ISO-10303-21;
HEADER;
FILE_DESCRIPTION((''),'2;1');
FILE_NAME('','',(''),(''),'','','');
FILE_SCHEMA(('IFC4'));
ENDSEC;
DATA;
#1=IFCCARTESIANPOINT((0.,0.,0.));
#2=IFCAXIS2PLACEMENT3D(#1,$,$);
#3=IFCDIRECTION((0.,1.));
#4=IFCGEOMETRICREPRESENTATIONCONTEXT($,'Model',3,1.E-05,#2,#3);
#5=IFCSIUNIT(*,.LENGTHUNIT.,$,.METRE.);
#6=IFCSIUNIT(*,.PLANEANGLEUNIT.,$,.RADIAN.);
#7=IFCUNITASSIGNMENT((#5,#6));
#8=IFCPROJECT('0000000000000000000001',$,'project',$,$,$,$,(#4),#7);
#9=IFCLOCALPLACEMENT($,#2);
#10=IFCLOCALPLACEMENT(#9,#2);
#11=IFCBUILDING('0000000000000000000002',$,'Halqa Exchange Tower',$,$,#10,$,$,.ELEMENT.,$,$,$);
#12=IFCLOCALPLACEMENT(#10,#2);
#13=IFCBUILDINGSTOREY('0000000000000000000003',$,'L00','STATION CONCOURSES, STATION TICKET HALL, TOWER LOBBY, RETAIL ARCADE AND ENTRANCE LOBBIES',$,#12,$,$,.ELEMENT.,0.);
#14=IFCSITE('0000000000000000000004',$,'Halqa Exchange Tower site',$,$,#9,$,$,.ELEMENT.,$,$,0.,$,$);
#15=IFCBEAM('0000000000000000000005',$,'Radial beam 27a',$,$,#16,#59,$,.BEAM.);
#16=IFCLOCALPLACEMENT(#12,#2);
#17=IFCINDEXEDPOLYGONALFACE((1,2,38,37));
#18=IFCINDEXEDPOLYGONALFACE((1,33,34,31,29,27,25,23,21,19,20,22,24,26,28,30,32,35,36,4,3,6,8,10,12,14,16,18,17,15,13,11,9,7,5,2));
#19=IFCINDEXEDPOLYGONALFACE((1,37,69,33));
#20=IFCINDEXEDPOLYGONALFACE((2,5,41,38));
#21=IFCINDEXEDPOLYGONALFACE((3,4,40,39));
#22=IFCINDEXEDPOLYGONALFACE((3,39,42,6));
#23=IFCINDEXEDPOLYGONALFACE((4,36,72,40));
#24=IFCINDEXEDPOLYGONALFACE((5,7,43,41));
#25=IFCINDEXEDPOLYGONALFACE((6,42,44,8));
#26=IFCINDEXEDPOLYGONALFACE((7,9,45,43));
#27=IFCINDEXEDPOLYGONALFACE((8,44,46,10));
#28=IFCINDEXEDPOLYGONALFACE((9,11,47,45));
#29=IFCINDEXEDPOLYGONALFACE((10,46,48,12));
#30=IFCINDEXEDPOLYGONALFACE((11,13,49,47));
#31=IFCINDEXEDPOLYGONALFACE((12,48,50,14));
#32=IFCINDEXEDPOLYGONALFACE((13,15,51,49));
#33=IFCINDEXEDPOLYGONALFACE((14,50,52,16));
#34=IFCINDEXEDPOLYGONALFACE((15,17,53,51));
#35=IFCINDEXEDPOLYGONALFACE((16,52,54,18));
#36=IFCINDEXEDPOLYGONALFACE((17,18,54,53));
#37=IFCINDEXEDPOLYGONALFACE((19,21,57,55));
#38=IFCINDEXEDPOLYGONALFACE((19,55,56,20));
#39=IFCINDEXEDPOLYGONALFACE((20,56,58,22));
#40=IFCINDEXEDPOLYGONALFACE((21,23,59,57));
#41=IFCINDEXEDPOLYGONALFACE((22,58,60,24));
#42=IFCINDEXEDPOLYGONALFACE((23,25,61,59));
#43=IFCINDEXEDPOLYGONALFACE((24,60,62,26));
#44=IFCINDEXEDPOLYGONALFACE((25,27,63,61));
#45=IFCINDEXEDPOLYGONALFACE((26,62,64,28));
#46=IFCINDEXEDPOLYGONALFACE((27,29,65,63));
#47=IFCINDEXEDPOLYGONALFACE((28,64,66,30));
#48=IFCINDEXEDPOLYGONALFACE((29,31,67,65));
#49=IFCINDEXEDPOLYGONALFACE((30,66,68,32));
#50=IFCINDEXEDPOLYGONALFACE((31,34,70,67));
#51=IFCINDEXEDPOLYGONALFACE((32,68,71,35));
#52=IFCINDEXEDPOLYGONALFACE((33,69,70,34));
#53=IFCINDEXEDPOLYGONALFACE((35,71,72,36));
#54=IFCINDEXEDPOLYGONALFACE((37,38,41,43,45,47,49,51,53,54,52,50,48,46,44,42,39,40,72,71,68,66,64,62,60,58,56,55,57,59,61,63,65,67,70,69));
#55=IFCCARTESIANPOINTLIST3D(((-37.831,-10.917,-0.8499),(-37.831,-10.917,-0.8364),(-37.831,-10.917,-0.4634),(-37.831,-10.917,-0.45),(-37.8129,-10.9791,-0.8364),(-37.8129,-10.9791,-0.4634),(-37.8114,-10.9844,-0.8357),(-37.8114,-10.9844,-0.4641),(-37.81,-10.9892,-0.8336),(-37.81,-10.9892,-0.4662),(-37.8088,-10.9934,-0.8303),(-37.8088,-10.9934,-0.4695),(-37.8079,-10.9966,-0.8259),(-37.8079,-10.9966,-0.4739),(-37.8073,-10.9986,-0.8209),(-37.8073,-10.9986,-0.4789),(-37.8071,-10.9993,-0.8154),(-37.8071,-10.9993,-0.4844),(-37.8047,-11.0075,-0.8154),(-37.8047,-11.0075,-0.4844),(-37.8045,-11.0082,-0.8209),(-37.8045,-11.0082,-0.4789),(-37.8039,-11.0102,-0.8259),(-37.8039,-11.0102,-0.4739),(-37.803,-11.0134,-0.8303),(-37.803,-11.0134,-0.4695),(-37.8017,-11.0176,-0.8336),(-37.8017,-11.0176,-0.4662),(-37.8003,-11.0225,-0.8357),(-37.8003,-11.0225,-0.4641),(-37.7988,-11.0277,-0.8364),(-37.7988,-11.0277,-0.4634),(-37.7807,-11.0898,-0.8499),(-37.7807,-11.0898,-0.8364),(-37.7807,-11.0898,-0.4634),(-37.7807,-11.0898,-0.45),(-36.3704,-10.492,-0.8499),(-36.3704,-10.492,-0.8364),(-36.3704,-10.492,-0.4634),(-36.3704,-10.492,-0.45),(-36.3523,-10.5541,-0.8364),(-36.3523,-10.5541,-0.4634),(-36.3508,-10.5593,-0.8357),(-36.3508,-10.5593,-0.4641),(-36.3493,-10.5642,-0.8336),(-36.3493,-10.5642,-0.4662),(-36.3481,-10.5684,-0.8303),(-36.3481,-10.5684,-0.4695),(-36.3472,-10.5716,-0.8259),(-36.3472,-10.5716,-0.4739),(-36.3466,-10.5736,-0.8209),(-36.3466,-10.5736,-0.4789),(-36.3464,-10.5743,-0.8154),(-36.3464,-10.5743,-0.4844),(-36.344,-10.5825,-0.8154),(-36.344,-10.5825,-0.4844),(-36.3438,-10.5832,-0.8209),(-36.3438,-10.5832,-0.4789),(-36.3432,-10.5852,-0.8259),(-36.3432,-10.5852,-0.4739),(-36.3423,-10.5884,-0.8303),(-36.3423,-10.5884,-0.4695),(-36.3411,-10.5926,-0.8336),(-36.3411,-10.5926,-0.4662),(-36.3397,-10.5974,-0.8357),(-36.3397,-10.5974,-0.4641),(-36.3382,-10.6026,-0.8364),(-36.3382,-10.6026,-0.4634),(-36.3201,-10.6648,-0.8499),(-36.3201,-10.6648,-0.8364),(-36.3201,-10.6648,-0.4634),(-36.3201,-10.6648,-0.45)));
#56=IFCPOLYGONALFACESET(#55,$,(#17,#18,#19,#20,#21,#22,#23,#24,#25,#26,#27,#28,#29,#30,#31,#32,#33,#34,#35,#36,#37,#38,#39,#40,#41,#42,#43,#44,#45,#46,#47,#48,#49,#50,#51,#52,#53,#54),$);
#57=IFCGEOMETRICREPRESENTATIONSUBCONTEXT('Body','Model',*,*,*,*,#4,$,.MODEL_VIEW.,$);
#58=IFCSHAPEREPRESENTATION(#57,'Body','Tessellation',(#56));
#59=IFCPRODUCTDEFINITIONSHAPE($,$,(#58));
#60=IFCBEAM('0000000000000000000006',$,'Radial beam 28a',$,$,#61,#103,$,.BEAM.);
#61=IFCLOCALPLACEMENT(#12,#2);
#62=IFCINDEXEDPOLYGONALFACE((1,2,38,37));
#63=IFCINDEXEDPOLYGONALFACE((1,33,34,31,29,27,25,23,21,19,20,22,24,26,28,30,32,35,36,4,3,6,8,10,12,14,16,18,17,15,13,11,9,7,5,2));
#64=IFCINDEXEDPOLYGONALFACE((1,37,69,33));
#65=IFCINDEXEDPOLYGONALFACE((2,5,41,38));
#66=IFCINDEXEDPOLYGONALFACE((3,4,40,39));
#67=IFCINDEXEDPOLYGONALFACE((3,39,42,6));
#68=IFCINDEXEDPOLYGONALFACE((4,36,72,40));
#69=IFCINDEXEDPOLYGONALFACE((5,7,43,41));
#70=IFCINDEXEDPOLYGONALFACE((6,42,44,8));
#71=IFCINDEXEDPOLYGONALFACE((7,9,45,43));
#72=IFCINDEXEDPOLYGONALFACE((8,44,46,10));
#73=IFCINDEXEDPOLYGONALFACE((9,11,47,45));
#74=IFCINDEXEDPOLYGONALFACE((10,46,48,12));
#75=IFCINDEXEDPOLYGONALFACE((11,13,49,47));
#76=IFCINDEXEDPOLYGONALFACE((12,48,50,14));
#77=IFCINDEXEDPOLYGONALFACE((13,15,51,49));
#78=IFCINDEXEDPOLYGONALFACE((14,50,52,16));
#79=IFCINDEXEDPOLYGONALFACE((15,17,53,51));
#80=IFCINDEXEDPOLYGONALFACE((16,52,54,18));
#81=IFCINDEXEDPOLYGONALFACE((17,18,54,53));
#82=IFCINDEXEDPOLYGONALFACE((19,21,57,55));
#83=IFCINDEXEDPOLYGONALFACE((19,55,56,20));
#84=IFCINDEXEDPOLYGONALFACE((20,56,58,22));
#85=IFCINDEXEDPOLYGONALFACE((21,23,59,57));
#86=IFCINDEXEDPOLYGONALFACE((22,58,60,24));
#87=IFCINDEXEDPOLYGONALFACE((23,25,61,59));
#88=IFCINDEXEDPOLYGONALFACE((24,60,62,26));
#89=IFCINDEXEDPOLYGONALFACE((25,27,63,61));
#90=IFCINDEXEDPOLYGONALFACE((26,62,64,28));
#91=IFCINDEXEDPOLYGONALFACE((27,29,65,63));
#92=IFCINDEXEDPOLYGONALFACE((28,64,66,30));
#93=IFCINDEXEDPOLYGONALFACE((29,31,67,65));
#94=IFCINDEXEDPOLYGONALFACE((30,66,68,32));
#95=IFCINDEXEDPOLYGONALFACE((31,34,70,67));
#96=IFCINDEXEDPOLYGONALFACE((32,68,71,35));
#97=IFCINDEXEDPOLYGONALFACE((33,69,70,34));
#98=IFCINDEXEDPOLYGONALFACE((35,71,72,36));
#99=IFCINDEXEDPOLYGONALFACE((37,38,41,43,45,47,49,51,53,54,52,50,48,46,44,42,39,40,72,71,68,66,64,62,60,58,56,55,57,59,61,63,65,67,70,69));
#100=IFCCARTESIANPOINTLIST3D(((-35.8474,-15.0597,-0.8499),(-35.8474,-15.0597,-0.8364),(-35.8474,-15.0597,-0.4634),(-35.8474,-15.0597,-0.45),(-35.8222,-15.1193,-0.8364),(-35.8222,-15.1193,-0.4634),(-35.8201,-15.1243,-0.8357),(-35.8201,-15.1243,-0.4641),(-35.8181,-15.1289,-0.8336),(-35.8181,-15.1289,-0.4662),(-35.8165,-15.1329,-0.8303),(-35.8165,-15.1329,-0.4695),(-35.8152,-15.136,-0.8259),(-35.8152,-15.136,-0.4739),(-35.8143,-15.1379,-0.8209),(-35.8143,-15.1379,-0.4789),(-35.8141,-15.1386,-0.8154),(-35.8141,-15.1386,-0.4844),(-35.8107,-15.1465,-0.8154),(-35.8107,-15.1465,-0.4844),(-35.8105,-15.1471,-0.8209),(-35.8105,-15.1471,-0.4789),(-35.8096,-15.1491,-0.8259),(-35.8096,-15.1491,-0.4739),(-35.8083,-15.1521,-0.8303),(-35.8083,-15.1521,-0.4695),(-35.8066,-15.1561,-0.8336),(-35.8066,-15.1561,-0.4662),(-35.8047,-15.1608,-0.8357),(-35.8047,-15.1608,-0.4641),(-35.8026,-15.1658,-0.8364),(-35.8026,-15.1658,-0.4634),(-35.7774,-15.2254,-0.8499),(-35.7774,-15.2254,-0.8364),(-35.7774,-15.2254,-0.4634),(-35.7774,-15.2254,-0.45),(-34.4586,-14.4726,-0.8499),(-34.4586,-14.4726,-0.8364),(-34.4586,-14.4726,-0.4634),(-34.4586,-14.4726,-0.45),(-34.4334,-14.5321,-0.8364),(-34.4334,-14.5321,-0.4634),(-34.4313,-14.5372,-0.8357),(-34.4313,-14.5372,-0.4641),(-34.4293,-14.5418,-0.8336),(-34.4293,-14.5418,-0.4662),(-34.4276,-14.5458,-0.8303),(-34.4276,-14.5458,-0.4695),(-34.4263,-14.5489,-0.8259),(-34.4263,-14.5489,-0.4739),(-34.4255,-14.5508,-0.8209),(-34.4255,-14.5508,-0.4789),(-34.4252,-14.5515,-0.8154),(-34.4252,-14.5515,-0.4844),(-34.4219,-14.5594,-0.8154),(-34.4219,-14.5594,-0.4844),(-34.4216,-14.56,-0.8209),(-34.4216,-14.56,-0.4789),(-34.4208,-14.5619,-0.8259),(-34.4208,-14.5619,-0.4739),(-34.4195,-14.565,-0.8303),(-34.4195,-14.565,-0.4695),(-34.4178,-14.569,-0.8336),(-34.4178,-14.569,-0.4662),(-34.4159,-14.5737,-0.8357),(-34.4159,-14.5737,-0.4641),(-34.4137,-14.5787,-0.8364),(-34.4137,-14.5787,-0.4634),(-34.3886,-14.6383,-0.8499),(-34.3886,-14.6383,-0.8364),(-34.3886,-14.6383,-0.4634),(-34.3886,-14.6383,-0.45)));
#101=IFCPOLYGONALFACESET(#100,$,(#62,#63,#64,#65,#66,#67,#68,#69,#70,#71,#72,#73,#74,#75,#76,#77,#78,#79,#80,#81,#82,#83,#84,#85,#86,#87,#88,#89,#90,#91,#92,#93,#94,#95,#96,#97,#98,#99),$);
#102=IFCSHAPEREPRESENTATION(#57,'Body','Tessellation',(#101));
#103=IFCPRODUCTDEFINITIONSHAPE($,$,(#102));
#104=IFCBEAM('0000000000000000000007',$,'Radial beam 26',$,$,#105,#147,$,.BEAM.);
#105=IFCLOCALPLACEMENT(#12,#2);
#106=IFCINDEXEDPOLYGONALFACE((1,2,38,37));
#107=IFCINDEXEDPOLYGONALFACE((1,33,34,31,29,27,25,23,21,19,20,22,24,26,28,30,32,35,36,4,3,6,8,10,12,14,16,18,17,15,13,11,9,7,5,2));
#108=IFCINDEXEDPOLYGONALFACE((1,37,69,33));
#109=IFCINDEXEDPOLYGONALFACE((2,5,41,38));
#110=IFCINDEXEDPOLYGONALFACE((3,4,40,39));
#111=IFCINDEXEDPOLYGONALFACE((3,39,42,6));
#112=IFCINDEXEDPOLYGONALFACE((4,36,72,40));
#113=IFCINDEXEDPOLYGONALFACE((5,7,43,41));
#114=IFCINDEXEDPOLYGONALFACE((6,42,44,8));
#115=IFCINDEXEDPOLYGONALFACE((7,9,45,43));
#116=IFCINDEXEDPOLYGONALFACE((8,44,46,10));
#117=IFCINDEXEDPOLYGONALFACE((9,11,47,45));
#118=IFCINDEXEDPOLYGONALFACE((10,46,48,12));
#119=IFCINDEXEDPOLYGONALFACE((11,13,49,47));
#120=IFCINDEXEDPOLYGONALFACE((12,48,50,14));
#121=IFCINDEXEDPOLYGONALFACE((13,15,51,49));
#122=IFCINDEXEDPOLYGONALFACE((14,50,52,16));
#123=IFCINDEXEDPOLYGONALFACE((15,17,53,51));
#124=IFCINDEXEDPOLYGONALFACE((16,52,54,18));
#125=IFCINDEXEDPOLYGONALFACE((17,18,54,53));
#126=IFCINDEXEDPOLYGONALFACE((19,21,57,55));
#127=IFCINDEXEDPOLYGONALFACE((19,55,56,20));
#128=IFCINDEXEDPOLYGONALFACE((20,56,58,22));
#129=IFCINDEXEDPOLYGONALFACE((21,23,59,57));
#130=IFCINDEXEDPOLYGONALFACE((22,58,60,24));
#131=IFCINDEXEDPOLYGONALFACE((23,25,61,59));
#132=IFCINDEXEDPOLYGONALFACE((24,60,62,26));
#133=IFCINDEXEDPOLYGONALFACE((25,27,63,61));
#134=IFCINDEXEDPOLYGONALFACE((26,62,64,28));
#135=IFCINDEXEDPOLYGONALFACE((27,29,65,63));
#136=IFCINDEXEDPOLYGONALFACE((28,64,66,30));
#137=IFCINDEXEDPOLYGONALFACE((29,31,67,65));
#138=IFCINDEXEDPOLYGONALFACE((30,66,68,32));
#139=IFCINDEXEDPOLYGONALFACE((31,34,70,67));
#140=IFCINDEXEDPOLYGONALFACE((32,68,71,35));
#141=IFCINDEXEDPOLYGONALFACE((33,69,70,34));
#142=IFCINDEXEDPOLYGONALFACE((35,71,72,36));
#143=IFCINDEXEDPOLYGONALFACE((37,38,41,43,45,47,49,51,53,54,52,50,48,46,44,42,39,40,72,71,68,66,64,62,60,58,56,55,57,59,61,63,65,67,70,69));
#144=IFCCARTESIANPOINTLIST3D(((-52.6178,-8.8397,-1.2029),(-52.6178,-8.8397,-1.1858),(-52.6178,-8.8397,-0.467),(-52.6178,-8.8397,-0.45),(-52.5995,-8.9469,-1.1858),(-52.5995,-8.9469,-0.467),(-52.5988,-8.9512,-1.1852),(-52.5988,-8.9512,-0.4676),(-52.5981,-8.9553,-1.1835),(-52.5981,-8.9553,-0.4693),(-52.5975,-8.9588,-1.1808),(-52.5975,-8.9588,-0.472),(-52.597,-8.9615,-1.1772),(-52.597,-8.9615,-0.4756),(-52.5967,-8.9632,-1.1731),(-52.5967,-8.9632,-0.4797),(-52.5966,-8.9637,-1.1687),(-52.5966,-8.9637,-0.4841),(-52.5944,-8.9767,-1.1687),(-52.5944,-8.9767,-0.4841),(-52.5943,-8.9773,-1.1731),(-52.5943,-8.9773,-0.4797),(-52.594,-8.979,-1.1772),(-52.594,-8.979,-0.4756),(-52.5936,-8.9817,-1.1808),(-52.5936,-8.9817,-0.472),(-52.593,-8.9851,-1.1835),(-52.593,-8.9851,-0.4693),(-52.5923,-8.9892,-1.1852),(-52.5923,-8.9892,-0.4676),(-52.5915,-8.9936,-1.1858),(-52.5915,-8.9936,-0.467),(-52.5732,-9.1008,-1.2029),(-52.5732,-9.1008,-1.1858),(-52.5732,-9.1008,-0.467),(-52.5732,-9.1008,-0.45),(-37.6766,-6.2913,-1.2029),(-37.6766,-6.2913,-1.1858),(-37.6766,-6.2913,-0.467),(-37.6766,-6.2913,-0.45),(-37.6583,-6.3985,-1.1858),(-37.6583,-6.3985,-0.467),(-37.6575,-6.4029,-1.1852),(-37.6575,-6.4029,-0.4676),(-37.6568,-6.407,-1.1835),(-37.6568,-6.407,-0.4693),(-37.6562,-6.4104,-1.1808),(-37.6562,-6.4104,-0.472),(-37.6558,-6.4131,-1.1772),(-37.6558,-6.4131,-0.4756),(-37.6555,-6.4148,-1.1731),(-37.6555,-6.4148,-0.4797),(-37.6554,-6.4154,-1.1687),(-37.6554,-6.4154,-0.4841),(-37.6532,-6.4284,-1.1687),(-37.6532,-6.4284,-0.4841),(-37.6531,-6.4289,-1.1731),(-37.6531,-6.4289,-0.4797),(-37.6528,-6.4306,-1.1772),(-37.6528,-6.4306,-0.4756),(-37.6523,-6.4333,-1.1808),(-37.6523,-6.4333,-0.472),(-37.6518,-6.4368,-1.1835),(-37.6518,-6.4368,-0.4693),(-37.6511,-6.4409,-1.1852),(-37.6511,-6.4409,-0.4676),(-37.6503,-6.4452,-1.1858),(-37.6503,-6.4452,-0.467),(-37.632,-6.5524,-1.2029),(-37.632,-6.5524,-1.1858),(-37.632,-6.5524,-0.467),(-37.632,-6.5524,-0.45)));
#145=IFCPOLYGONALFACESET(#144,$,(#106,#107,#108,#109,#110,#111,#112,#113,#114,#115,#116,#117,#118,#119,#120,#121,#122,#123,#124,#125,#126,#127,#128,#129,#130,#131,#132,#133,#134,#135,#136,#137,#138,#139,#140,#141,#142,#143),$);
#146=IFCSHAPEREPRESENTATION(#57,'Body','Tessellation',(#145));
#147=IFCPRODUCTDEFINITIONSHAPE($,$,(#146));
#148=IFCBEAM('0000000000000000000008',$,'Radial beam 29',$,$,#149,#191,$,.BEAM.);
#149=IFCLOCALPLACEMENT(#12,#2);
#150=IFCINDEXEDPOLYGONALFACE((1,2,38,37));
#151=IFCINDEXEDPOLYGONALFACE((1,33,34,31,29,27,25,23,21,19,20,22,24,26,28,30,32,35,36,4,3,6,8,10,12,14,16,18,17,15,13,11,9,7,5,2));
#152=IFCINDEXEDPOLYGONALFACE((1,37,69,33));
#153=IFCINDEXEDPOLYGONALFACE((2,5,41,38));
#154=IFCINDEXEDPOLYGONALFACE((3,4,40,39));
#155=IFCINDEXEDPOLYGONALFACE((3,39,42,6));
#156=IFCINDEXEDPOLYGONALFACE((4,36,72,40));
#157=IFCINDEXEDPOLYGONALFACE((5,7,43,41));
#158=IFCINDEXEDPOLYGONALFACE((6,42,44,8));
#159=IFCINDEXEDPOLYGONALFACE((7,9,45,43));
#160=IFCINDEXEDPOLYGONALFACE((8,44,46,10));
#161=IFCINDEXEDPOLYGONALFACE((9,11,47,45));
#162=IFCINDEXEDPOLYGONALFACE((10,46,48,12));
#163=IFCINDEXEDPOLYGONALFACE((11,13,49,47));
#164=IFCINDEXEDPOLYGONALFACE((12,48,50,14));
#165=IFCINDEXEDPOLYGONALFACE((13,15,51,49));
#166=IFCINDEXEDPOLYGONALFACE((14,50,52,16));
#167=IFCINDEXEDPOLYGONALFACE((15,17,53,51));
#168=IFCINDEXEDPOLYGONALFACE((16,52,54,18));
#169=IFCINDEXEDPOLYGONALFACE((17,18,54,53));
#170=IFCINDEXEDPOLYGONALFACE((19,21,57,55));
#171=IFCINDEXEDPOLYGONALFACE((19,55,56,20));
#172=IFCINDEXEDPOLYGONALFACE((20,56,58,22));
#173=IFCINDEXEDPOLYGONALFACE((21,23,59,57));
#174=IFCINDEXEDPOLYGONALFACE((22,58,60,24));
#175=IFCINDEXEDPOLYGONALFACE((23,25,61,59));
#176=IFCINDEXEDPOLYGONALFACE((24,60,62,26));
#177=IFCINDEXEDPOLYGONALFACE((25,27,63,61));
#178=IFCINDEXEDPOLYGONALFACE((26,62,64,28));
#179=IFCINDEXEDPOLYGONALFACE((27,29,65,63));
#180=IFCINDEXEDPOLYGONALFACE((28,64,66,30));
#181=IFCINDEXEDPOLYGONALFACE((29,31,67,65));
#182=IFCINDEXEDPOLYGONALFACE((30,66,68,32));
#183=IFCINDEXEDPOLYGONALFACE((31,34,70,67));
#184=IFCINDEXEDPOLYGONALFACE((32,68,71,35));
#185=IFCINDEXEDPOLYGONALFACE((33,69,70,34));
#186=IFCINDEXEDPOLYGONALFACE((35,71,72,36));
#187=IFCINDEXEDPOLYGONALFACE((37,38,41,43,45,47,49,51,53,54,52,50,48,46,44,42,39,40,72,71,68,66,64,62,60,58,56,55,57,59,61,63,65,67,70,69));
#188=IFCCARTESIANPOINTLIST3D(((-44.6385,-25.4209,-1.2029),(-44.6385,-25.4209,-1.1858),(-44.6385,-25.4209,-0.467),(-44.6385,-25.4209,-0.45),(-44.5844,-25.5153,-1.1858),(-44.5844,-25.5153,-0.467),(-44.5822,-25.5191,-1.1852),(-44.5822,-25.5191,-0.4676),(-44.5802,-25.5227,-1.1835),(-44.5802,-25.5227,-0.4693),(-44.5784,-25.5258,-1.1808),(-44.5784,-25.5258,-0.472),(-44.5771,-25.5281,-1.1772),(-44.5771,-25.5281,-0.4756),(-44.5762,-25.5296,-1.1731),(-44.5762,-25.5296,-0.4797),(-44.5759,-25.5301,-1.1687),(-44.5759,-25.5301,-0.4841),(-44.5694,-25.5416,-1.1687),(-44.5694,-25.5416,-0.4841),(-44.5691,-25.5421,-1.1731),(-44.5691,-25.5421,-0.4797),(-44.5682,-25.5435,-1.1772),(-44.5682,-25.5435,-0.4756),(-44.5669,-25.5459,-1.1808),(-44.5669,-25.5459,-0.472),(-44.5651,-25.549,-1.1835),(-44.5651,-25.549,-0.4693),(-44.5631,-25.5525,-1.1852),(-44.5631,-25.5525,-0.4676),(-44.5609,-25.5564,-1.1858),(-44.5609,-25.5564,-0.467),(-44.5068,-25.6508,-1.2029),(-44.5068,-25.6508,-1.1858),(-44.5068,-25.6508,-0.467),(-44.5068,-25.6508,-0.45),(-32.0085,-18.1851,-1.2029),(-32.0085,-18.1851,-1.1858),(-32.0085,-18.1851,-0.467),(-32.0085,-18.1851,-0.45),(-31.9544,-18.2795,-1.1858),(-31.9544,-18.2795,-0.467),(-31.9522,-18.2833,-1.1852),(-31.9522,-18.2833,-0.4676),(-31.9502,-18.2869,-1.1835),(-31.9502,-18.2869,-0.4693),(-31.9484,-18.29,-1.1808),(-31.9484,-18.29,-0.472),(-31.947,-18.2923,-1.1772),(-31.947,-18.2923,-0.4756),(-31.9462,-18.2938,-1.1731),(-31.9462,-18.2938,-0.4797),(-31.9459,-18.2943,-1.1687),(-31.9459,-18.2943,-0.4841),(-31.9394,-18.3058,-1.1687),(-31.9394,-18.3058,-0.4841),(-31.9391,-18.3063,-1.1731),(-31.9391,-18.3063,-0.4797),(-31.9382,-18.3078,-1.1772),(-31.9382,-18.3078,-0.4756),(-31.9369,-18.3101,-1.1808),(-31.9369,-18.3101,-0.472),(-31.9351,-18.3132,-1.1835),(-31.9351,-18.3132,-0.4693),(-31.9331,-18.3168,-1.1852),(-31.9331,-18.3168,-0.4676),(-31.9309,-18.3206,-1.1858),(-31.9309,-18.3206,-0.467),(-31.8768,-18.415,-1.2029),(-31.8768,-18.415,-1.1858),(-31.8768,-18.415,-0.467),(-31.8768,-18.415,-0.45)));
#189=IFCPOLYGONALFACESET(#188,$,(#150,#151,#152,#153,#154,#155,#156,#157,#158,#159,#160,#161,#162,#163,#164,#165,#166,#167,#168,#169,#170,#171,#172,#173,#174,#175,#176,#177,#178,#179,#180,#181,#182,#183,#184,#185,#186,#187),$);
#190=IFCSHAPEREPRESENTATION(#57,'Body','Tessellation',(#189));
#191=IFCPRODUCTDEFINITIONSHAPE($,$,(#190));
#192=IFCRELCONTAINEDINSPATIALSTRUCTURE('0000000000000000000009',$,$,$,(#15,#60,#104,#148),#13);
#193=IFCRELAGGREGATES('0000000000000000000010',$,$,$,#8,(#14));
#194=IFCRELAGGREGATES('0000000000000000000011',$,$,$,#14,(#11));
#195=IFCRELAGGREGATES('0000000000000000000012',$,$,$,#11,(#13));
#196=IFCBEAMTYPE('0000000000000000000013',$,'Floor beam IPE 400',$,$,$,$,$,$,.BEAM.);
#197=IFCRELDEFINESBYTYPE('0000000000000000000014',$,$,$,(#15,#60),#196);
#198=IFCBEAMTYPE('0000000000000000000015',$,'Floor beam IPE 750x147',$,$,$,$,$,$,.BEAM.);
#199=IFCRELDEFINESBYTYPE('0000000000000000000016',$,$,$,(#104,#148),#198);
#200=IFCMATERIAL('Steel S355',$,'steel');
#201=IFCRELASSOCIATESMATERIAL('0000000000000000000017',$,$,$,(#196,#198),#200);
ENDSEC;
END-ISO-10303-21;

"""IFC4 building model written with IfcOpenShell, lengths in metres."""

from ifc_helpers import new_model, si_unit, direction, frame, origin, origin_2d, place, context, subcontext, project, spatial, i_section, extrude, material, material_profile, profile_set, type_object, element, save


model = new_model("IFC4")

# Units and contexts
model_context = context("Model", 3, precision=1e-05, world=origin(), true_north=direction((0.0, 1.0)))
body_context = subcontext(model_context, "Body", "Model", "MODEL_VIEW")
ifc_project = project(units=[si_unit("LENGTHUNIT", "METRE"), si_unit("PLANEANGLEUNIT", "RADIAN")], contexts=[model_context])

# Site, building, storey
site_placement = place(None, origin())
site = spatial("IfcSite", under=ifc_project, at=site_placement, Name="Halqa Exchange Tower site", CompositionType="ELEMENT", RefElevation=0.0)
building_placement = place(site_placement, origin())
building = spatial("IfcBuilding", under=site, at=building_placement, Name="Halqa Exchange Tower", CompositionType="ELEMENT")
storey_placement = place(building_placement, origin())
storey = spatial("IfcBuildingStorey", under=building, at=storey_placement, Name="L00", Description="STATION CONCOURSES, STATION TICKET HALL, TOWER LOBBY, RETAIL ARCADE AND ENTRANCE LOBBIES", CompositionType="ELEMENT", Elevation=0.0)

# Beams
ifc_material_1 = material(Name="Steel S355", Category="steel")
ifc_material_profile_1 = material_profile(ifc_material_1, i_section(OverallWidth=0.1799, OverallDepth=0.3999, WebThickness=0.0085, FlangeThickness=0.0134, FilletRadius=0.021, at=origin_2d()), Name="IPE 400")
ifc_profile_set_1 = profile_set([ifc_material_profile_1], Name="Steel S355")
beam_type_1 = type_object("IfcBeamType", Name="Floor beam IPE 400", PredefinedType="BEAM", material=ifc_profile_set_1)
beam_1_placement = place(storey_placement, frame((-36.3452, -10.5784, -0.6499), z_axis=(-0.960174, -0.279402, 0.0), x_axis=(0.279402, -0.960174, 0.0)))
element("IfcBeam", 1, at=beam_1_placement, inside=storey, type_object=beam_type_1, Name="Radial beam 27a", PredefinedType="BEAM", context=body_context, shape_type="SweptSolid", body=[
    extrude(i_section(OverallWidth=0.1799, OverallDepth=0.3999, WebThickness=0.0085, FlangeThickness=0.0134, FilletRadius=0.021, at=origin_2d()), origin(), (0.0, 0.0, 1.0), 1.5212),
])
beam_2_placement = place(storey_placement, frame((-34.4236, -14.5554, -0.6499), z_axis=(-0.921077, -0.389381, 0.0), x_axis=(0.389381, -0.921077, 0.0)))
element("IfcBeam", 2, at=beam_2_placement, inside=storey, type_object=beam_type_1, Name="Radial beam 28a", PredefinedType="BEAM", context=body_context, shape_type="SweptSolid", body=[
    extrude(i_section(OverallWidth=0.1799, OverallDepth=0.3999, WebThickness=0.0085, FlangeThickness=0.0134, FilletRadius=0.021, at=origin_2d()), origin(), (0.0, 0.0, 1.0), 1.5078),
])
ifc_material_profile_2 = material_profile(ifc_material_1, i_section(OverallWidth=0.2649, OverallDepth=0.7529, WebThickness=0.0132, FlangeThickness=0.0171, FilletRadius=0.0171, at=origin_2d()), Name="IPE 750x147")
ifc_profile_set_2 = profile_set([ifc_material_profile_2], Name="Steel S355")
beam_type_2 = type_object("IfcBeamType", Name="Floor beam IPE 750x147", PredefinedType="BEAM", material=ifc_profile_set_2)
beam_3_placement = place(storey_placement, frame((-37.6543, -6.4219, -0.8264), z_axis=(-0.985765, -0.16813, 0.0), x_axis=(0.16813, -0.985765, 0.0)))
element("IfcBeam", 3, at=beam_3_placement, inside=storey, type_object=beam_type_2, Name="Radial beam 26", PredefinedType="BEAM", context=body_context, shape_type="SweptSolid", body=[
    extrude(i_section(OverallWidth=0.2649, OverallDepth=0.7529, WebThickness=0.0132, FlangeThickness=0.0171, FilletRadius=0.0171, at=origin_2d()), origin(), (0.0, 0.0, 1.0), 15.157),
])
beam_4_placement = place(storey_placement, frame((-31.9426, -18.3, -0.8264), z_axis=(-0.867691, -0.497103, 0.0), x_axis=(0.497103, -0.867691, 0.0)))
element("IfcBeam", 4, at=beam_4_placement, inside=storey, type_object=beam_type_2, Name="Radial beam 29", PredefinedType="BEAM", context=body_context, shape_type="SweptSolid", body=[
    extrude(i_section(OverallWidth=0.2649, OverallDepth=0.7529, WebThickness=0.0132, FlangeThickness=0.0171, FilletRadius=0.0171, at=origin_2d()), origin(), (0.0, 0.0, 1.0), 14.5559),
])

save(model, "model.ifc")
